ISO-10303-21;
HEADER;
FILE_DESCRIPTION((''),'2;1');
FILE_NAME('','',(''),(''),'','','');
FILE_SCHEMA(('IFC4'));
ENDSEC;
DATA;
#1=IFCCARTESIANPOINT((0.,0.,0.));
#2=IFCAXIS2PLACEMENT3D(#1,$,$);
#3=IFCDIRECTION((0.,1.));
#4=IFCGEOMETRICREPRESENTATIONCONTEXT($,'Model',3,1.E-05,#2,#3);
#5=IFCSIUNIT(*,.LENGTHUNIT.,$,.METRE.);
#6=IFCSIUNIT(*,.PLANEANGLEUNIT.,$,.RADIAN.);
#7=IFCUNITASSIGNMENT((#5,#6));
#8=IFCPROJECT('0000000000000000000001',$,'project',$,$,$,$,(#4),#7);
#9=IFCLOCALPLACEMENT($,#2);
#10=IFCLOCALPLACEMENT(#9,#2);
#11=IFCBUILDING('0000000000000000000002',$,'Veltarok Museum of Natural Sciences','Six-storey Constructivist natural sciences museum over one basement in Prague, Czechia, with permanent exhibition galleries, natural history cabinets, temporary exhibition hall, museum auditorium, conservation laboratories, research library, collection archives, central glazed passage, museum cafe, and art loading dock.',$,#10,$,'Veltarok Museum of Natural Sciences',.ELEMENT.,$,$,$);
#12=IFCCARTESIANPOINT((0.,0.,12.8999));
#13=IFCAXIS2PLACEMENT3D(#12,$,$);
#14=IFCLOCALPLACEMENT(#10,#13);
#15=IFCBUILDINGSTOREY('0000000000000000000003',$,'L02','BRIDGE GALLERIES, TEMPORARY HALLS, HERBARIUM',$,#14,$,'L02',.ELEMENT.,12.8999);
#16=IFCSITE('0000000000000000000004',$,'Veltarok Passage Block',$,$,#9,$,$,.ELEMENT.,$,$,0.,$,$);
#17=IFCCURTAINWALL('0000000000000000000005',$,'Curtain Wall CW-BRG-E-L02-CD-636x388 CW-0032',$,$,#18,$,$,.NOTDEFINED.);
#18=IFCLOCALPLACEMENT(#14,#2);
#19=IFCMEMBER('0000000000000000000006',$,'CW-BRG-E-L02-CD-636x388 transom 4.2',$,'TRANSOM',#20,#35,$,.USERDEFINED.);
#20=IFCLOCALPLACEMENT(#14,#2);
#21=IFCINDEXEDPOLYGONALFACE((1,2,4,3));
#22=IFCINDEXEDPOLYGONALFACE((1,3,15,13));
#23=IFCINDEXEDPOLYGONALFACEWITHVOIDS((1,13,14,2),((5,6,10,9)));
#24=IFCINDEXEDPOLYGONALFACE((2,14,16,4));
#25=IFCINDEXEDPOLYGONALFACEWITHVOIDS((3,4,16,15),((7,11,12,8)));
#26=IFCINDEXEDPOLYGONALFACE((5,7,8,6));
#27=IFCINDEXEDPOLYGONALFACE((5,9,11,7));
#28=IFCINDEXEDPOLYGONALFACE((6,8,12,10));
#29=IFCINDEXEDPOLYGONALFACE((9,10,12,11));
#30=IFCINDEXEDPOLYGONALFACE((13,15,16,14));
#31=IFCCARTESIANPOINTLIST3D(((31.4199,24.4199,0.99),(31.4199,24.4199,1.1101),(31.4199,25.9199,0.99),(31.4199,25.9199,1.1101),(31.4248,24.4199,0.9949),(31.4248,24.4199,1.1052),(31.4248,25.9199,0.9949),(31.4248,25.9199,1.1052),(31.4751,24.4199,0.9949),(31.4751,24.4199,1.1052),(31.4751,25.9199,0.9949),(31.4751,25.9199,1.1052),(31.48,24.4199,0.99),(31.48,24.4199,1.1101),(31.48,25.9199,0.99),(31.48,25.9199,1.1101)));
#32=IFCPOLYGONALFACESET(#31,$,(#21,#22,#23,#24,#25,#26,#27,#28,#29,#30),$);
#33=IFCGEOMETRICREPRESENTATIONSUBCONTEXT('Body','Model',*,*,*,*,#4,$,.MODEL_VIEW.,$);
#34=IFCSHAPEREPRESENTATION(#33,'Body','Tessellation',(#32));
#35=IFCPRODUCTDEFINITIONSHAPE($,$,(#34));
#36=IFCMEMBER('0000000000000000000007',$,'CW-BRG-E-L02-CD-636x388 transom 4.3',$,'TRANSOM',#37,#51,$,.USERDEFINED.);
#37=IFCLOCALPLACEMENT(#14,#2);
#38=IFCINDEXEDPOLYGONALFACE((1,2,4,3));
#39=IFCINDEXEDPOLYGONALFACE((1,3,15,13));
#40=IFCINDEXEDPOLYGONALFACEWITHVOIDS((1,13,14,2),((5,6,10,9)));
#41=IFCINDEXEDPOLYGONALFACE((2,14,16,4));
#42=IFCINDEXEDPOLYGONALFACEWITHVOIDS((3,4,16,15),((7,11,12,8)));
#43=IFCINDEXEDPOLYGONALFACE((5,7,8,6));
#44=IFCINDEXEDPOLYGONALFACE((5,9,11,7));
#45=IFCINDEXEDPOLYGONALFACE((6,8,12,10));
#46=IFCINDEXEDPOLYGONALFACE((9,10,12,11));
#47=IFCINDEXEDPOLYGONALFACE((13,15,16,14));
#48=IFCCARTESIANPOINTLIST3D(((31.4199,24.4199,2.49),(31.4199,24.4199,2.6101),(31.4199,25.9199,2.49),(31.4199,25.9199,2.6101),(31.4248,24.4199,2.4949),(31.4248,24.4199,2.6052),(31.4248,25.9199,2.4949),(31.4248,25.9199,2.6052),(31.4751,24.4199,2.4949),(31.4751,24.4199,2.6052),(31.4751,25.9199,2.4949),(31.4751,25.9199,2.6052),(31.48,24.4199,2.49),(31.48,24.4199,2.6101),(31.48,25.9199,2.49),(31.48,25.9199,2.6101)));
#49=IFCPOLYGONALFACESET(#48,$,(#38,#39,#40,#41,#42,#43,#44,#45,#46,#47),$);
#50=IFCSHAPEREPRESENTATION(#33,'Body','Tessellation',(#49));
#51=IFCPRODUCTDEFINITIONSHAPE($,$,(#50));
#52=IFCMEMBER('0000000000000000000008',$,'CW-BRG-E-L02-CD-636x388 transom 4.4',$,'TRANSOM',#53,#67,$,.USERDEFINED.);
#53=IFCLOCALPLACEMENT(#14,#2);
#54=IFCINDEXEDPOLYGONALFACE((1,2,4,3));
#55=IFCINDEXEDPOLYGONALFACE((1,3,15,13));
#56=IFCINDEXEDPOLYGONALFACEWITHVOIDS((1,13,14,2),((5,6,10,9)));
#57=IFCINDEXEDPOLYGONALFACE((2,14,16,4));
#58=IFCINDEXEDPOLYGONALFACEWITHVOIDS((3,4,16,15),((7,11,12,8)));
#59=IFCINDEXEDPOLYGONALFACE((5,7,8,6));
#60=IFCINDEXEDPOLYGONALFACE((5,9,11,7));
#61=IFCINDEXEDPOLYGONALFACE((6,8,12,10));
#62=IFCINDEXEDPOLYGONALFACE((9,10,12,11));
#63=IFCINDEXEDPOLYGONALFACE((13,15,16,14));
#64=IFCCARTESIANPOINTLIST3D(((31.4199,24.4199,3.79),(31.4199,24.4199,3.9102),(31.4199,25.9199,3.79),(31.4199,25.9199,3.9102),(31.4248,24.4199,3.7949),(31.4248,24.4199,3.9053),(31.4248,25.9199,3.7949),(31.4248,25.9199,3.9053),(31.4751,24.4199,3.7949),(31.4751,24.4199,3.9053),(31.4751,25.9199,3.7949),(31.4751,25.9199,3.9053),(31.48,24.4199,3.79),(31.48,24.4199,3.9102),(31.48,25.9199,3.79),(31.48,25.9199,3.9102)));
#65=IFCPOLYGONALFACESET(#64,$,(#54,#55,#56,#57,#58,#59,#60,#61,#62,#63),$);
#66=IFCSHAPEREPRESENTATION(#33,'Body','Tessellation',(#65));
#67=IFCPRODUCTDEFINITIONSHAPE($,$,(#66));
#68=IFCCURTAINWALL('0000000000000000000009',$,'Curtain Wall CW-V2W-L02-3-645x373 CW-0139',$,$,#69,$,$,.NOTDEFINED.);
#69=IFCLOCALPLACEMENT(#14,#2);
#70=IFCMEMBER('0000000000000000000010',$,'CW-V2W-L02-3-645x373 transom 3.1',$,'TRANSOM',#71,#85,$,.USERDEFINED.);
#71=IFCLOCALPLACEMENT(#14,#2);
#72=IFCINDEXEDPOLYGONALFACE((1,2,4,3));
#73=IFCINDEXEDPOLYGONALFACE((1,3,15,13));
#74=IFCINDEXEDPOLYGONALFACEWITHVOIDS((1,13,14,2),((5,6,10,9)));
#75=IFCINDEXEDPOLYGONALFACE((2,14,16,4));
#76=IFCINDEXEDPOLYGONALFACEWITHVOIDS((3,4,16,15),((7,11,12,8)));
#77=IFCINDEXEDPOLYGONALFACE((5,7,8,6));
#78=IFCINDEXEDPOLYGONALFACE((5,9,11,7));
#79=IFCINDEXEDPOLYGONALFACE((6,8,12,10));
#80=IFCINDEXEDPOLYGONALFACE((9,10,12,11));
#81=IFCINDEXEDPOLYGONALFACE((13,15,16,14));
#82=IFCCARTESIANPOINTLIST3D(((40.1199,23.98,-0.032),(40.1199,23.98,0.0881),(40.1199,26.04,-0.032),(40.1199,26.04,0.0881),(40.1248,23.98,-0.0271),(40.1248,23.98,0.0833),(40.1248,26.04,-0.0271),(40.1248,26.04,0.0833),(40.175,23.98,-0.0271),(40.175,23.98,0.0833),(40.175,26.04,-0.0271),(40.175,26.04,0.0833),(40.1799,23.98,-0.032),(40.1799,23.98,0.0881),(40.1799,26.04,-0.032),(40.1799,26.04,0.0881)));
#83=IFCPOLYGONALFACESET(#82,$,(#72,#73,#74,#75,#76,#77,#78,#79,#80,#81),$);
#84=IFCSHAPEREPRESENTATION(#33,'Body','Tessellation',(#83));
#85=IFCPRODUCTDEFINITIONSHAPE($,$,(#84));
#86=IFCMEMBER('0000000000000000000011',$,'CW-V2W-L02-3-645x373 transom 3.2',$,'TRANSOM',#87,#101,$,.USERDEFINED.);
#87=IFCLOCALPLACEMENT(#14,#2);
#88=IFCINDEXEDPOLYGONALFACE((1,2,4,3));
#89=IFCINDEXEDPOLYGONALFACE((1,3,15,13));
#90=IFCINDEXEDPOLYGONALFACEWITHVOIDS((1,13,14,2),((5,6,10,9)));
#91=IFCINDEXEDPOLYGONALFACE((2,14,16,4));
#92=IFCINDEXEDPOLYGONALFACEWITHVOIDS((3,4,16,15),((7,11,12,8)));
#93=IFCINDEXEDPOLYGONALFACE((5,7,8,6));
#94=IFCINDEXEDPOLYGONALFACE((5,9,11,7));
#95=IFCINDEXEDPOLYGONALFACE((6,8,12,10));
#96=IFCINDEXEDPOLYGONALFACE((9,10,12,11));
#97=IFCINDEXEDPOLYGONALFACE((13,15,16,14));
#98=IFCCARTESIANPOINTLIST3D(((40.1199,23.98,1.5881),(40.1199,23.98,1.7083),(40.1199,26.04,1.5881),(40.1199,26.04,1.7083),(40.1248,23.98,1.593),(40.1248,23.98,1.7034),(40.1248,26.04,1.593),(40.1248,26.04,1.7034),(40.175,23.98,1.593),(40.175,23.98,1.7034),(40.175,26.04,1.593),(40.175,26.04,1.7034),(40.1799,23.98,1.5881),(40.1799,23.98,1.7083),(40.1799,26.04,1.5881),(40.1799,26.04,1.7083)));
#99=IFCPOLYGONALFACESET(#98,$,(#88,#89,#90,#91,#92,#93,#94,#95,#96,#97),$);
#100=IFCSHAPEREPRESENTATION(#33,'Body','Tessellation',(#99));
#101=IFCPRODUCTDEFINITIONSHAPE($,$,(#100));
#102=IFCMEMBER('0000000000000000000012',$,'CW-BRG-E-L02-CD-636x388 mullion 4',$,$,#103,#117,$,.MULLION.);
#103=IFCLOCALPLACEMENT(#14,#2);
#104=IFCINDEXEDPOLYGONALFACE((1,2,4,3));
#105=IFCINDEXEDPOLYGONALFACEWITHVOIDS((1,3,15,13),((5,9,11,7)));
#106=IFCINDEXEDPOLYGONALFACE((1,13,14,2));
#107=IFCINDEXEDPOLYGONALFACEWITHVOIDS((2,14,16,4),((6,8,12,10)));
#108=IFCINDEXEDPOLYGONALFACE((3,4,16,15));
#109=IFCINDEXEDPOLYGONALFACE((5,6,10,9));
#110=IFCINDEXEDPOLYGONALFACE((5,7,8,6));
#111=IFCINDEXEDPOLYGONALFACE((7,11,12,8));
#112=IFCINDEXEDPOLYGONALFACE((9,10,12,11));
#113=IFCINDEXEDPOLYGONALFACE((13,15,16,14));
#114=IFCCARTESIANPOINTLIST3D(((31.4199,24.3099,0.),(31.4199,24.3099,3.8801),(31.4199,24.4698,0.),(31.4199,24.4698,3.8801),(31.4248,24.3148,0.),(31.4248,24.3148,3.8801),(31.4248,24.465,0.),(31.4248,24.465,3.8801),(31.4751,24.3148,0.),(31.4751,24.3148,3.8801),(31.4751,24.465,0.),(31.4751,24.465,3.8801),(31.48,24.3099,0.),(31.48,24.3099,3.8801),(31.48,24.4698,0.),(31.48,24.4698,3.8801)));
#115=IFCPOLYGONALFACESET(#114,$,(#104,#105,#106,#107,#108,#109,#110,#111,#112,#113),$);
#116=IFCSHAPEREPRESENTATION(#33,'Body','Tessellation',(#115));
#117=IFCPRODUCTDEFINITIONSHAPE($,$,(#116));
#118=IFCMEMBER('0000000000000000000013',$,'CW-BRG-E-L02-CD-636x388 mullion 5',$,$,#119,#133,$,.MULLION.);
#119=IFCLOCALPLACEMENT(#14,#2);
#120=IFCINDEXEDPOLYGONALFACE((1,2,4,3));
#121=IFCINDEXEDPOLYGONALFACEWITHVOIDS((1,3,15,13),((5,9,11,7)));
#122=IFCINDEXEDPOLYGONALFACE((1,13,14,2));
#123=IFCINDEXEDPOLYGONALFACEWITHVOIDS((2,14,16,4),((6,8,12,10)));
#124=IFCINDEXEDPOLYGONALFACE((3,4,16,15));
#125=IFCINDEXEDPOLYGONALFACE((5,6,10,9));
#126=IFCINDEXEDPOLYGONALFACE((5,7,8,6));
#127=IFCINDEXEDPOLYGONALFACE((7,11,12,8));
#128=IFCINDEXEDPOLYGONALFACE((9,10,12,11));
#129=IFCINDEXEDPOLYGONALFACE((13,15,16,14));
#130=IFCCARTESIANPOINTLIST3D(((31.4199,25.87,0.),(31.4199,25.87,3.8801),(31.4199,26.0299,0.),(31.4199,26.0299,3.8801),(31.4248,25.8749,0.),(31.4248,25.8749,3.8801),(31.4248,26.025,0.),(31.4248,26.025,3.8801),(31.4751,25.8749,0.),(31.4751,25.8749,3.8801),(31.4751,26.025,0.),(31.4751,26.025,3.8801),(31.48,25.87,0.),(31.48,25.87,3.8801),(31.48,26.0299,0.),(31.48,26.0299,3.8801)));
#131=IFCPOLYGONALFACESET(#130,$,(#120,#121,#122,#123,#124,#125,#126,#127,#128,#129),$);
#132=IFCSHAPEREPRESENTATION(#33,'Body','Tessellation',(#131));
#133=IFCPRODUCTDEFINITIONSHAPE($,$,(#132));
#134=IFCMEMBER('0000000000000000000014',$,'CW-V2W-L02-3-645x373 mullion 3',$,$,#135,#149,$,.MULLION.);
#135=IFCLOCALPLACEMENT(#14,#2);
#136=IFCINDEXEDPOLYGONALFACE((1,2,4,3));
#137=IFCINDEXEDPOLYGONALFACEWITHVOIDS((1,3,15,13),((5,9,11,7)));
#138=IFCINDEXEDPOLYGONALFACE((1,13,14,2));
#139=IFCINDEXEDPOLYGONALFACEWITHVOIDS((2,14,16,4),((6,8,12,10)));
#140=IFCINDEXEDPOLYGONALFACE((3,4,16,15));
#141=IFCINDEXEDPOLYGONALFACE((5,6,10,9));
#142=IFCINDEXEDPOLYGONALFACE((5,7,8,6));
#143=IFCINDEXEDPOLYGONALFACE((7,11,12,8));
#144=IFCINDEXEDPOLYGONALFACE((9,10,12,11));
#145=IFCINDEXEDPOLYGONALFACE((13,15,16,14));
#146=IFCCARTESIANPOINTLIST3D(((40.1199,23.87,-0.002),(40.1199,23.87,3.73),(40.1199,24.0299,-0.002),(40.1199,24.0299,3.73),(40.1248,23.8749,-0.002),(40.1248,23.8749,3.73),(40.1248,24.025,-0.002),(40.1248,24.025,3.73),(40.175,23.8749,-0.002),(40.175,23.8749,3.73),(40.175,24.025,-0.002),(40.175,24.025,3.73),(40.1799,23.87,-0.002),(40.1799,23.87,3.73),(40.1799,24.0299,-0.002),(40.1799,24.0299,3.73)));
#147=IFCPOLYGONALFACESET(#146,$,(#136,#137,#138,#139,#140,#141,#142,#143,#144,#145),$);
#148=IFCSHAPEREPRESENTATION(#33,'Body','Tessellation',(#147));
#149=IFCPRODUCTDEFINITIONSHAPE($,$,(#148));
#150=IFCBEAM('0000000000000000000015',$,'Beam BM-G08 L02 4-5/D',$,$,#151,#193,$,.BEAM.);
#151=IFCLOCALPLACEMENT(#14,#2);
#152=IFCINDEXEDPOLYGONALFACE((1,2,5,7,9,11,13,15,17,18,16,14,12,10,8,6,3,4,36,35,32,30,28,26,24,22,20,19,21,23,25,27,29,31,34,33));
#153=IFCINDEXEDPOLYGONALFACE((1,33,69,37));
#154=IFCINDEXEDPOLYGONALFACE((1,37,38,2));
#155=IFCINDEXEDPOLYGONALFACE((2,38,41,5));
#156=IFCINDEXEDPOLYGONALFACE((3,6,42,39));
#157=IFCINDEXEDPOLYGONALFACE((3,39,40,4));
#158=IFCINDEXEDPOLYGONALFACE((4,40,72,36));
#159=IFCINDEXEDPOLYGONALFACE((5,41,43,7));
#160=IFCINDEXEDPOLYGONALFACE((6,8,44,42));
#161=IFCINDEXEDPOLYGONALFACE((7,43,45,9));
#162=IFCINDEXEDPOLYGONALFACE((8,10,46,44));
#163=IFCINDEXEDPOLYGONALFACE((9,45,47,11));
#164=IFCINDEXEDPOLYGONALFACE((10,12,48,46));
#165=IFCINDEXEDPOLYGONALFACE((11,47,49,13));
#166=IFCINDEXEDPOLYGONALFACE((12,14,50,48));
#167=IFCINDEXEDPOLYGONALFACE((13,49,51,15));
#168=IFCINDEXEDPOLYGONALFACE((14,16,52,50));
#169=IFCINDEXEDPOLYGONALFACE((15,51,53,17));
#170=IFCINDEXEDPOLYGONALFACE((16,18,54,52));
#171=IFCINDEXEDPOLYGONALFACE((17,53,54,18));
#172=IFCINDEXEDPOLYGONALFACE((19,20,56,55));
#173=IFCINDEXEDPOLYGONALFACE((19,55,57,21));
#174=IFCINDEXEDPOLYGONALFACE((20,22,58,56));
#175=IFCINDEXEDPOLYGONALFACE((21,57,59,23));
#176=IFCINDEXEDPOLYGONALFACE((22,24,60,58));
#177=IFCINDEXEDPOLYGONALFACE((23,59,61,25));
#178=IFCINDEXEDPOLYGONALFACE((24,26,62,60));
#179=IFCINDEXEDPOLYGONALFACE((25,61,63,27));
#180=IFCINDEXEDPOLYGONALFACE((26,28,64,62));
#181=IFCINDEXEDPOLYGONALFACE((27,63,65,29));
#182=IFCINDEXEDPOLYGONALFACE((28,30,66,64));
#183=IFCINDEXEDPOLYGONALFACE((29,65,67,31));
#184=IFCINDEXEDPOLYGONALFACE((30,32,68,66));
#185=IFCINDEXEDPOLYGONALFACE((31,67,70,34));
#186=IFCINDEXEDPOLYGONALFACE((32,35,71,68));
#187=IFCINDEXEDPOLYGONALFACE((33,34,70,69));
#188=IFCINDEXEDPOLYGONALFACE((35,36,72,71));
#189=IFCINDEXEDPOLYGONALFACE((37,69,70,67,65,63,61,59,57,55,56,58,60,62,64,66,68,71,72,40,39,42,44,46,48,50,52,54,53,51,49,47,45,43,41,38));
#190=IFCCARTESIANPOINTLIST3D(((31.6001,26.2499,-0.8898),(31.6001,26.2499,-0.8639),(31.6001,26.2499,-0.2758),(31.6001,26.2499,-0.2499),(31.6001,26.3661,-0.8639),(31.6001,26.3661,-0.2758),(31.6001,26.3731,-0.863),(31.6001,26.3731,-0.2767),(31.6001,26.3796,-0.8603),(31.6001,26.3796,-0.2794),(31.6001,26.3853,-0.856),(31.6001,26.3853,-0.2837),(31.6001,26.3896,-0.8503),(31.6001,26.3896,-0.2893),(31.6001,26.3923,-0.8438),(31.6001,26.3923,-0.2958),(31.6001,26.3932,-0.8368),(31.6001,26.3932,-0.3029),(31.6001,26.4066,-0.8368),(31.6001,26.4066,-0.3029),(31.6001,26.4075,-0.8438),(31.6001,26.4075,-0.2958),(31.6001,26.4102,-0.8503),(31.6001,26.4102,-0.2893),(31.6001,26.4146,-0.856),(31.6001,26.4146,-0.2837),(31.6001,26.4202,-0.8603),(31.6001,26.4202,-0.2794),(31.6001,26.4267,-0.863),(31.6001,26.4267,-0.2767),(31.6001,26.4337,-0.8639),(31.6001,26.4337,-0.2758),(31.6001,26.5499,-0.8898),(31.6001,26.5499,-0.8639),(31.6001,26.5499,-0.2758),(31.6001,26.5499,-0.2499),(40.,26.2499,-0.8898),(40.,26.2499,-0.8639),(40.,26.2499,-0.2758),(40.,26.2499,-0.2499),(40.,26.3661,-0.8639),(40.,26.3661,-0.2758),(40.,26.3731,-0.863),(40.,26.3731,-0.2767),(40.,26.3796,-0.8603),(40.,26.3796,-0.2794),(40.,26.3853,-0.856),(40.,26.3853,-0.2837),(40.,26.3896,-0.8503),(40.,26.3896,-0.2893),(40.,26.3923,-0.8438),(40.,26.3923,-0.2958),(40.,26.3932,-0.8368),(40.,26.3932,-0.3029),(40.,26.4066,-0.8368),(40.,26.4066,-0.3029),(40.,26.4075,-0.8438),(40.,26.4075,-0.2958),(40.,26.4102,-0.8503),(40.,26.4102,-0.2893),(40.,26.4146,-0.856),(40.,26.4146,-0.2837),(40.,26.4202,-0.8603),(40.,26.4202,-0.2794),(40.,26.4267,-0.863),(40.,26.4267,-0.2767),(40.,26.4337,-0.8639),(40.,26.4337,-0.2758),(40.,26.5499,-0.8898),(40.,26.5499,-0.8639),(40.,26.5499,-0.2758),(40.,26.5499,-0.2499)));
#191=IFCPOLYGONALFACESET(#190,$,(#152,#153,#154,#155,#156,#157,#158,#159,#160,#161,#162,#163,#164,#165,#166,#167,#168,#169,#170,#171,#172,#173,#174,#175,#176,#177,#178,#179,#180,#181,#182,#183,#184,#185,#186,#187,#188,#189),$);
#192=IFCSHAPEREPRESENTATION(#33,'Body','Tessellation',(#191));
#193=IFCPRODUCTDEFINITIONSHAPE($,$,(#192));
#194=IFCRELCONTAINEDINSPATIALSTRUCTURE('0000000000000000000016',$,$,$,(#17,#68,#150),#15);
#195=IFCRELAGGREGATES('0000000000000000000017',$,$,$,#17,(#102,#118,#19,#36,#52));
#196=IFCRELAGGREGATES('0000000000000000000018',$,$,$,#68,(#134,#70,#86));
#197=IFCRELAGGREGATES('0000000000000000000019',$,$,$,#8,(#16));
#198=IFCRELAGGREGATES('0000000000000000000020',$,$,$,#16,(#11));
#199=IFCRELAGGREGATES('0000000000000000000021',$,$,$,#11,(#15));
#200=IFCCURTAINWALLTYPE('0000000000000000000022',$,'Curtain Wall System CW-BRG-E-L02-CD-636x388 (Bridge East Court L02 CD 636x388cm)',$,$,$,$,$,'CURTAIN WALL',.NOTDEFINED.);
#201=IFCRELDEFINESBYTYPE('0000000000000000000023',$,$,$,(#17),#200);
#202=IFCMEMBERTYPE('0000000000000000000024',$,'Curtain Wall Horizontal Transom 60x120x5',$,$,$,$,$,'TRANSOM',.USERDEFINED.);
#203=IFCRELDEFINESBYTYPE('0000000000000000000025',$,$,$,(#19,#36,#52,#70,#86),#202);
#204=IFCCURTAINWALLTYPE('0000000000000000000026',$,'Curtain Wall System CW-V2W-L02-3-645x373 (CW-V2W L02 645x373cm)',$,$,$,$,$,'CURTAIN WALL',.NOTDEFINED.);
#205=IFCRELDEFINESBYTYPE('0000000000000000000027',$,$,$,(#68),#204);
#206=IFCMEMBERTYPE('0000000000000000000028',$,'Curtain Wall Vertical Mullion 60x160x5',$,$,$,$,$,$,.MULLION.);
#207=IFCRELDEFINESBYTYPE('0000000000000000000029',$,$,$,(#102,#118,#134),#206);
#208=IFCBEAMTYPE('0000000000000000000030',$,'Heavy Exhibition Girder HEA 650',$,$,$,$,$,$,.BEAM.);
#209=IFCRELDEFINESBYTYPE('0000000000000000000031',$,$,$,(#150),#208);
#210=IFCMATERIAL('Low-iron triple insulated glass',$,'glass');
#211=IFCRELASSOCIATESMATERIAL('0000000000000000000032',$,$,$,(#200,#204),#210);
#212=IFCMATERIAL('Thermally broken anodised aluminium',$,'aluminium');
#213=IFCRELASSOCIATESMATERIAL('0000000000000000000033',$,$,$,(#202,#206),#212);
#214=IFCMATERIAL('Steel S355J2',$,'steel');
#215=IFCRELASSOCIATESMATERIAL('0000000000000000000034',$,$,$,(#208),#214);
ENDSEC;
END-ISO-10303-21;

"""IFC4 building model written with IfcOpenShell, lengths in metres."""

from ifc_helpers import new_model, si_unit, direction, frame, origin, origin_2d, place, context, subcontext, project, spatial, hollow_rectangle, i_section, extrude, material, material_profile, profile_set, type_object, element, aggregate, save


model = new_model("IFC4")

# Units and contexts
model_context = context("Model", 3, precision=1e-05, world=origin(), true_north=direction((0.0, 1.0)))
body_context = subcontext(model_context, "Body", "Model", "MODEL_VIEW")
ifc_project = project(units=[si_unit("LENGTHUNIT", "METRE"), si_unit("PLANEANGLEUNIT", "RADIAN")], contexts=[model_context])

# Site, building, storey
site_placement = place(None, origin())
site = spatial("IfcSite", under=ifc_project, at=site_placement, Name="Veltarok Passage Block", CompositionType="ELEMENT", RefElevation=0.0)
building_placement = place(site_placement, origin())
building = spatial("IfcBuilding", under=site, at=building_placement, Name="Veltarok Museum of Natural Sciences", Description="Six-storey Constructivist natural sciences museum over one basement in Prague, Czechia, with permanent exhibition galleries, natural history cabinets, temporary exhibition hall, museum auditorium, conservation laboratories, research library, collection archives, central glazed passage, museum cafe, and art loading dock.", LongName="Veltarok Museum of Natural Sciences", CompositionType="ELEMENT")
storey_placement = place(building_placement, frame((0.0, 0.0, 12.8999)))
storey = spatial("IfcBuildingStorey", under=building, at=storey_placement, Name="L02", Description="BRIDGE GALLERIES, TEMPORARY HALLS, HERBARIUM", LongName="L02", CompositionType="ELEMENT", Elevation=12.8999)

# Shared definitions
ifc_material_1 = material(Name="Steel S355J2", Category="steel")

# Curtain walls, members
ifc_material_2 = material(Name="Low-iron triple insulated glass", Category="glass")
curtain_wall_type_1 = type_object("IfcCurtainWallType", Name="Curtain Wall System CW-BRG-E-L02-CD-636x388 (Bridge East Court L02 CD 636x388cm)", ElementType="CURTAIN WALL", PredefinedType="NOTDEFINED", material=ifc_material_2)
curtain_wall_1_placement = place(storey_placement, origin())
curtain_wall_1 = element("IfcCurtainWall", 1, at=curtain_wall_1_placement, inside=storey, type_object=curtain_wall_type_1, Name="Curtain Wall CW-BRG-E-L02-CD-636x388 CW-0032", PredefinedType="NOTDEFINED")
ifc_material_3 = material(Name="Thermally broken anodised aluminium", Category="aluminium")
ifc_material_profile_1 = material_profile(ifc_material_3, hollow_rectangle(XDim=0.0601, YDim=0.1201, WallThickness=0.0049, at=origin_2d()), Name="CW TRANSOM 60x120x5")
ifc_profile_set_1 = profile_set([ifc_material_profile_1], Name="Thermally broken anodised aluminium")
member_type_1 = type_object("IfcMemberType", Name="Curtain Wall Horizontal Transom 60x120x5", ElementType="TRANSOM", PredefinedType="USERDEFINED", material=ifc_profile_set_1)
member_1_placement = place(storey_placement, frame((31.45, 24.4199, 1.05), z_axis=(0.0, 1.0, 0.0), x_axis=(-1.0, 0.0, 0.0)))
member_1 = element("IfcMember", 2, at=member_1_placement, type_object=member_type_1, Name="CW-BRG-E-L02-CD-636x388 transom 4.2", ObjectType="TRANSOM", PredefinedType="USERDEFINED", context=body_context, shape_type="SweptSolid", body=[
    extrude(hollow_rectangle(XDim=0.0601, YDim=0.1201, WallThickness=0.0049, at=origin_2d()), origin(), (0.0, 0.0, 1.0), 1.5),
])
member_2_placement = place(storey_placement, frame((31.45, 24.4199, 2.55), z_axis=(0.0, 1.0, 0.0), x_axis=(-1.0, 0.0, 0.0)))
member_2 = element("IfcMember", 3, at=member_2_placement, type_object=member_type_1, Name="CW-BRG-E-L02-CD-636x388 transom 4.3", ObjectType="TRANSOM", PredefinedType="USERDEFINED", context=body_context, shape_type="SweptSolid", body=[
    extrude(hollow_rectangle(XDim=0.0601, YDim=0.1201, WallThickness=0.0049, at=origin_2d()), origin(), (0.0, 0.0, 1.0), 1.5),
])
member_3_placement = place(storey_placement, frame((31.45, 24.4199, 3.8501), z_axis=(0.0, 1.0, 0.0), x_axis=(-1.0, 0.0, 0.0)))
member_3 = element("IfcMember", 4, at=member_3_placement, type_object=member_type_1, Name="CW-BRG-E-L02-CD-636x388 transom 4.4", ObjectType="TRANSOM", PredefinedType="USERDEFINED", context=body_context, shape_type="SweptSolid", body=[
    extrude(hollow_rectangle(XDim=0.0601, YDim=0.1201, WallThickness=0.0049, at=origin_2d()), origin(), (0.0, 0.0, 1.0), 1.5),
])
curtain_wall_type_2 = type_object("IfcCurtainWallType", Name="Curtain Wall System CW-V2W-L02-3-645x373 (CW-V2W L02 645x373cm)", ElementType="CURTAIN WALL", PredefinedType="NOTDEFINED", material=ifc_material_2)
curtain_wall_2_placement = place(storey_placement, origin())
curtain_wall_2 = element("IfcCurtainWall", 5, at=curtain_wall_2_placement, inside=storey, type_object=curtain_wall_type_2, Name="Curtain Wall CW-V2W-L02-3-645x373 CW-0139", PredefinedType="NOTDEFINED")
member_4_placement = place(storey_placement, frame((40.1499, 23.98, 0.0281), z_axis=(0.0, 1.0, 0.0), x_axis=(-1.0, 0.0, 0.0)))
member_4 = element("IfcMember", 6, at=member_4_placement, type_object=member_type_1, Name="CW-V2W-L02-3-645x373 transom 3.1", ObjectType="TRANSOM", PredefinedType="USERDEFINED", context=body_context, shape_type="SweptSolid", body=[
    extrude(hollow_rectangle(XDim=0.0601, YDim=0.1201, WallThickness=0.0049, at=origin_2d()), origin(), (0.0, 0.0, 1.0), 2.0601),
])
member_5_placement = place(storey_placement, frame((40.1499, 23.98, 1.6482), z_axis=(0.0, 1.0, 0.0), x_axis=(-1.0, 0.0, 0.0)))
member_5 = element("IfcMember", 7, at=member_5_placement, type_object=member_type_1, Name="CW-V2W-L02-3-645x373 transom 3.2", ObjectType="TRANSOM", PredefinedType="USERDEFINED", context=body_context, shape_type="SweptSolid", body=[
    extrude(hollow_rectangle(XDim=0.0601, YDim=0.1201, WallThickness=0.0049, at=origin_2d()), origin(), (0.0, 0.0, 1.0), 2.0601),
])

# Members
ifc_material_profile_2 = material_profile(ifc_material_3, hollow_rectangle(XDim=0.0601, YDim=0.1599, WallThickness=0.0049, at=origin_2d()), Name="CW MULLION 60x160x5")
ifc_profile_set_2 = profile_set([ifc_material_profile_2], Name="Thermally broken anodised aluminium")
member_type_2 = type_object("IfcMemberType", Name="Curtain Wall Vertical Mullion 60x160x5", PredefinedType="MULLION", material=ifc_profile_set_2)
member_6_placement = place(storey_placement, frame((31.45, 24.3899, 0.0), z_axis=(0.0, 0.0, 1.0), x_axis=(-1.0, 0.0, 0.0)))
member_6 = element("IfcMember", 8, at=member_6_placement, type_object=member_type_2, Name="CW-BRG-E-L02-CD-636x388 mullion 4", PredefinedType="MULLION", context=body_context, shape_type="SweptSolid", body=[
    extrude(hollow_rectangle(XDim=0.0601, YDim=0.1599, WallThickness=0.0049, at=origin_2d()), origin(), (0.0, 0.0, 1.0), 3.8801),
])
member_7_placement = place(storey_placement, frame((31.45, 25.95, 0.0), z_axis=(0.0, 0.0, 1.0), x_axis=(-1.0, 0.0, 0.0)))
member_7 = element("IfcMember", 9, at=member_7_placement, type_object=member_type_2, Name="CW-BRG-E-L02-CD-636x388 mullion 5", PredefinedType="MULLION", context=body_context, shape_type="SweptSolid", body=[
    extrude(hollow_rectangle(XDim=0.0601, YDim=0.1599, WallThickness=0.0049, at=origin_2d()), origin(), (0.0, 0.0, 1.0), 3.8801),
])
member_8_placement = place(storey_placement, frame((40.1499, 23.95, -0.002), z_axis=(0.0, 0.0, 1.0), x_axis=(-1.0, 0.0, 0.0)))
member_8 = element("IfcMember", 10, at=member_8_placement, type_object=member_type_2, Name="CW-V2W-L02-3-645x373 mullion 3", PredefinedType="MULLION", context=body_context, shape_type="SweptSolid", body=[
    extrude(hollow_rectangle(XDim=0.0601, YDim=0.1599, WallThickness=0.0049, at=origin_2d()), origin(), (0.0, 0.0, 1.0), 3.7319),
])

# Beam
ifc_material_profile_3 = material_profile(ifc_material_1, i_section(OverallWidth=0.3, OverallDepth=0.6399, WebThickness=0.0134, FlangeThickness=0.0259, FilletRadius=0.0271, at=origin_2d()), Name="HEA 650")
ifc_profile_set_3 = profile_set([ifc_material_profile_3], Name="Steel S355J2")
beam_type_1 = type_object("IfcBeamType", Name="Heavy Exhibition Girder HEA 650", PredefinedType="BEAM", material=ifc_profile_set_3)
for number, where, z_axis, x_axis, name in (
    (11, (31.6001, 26.3999, -0.5698), (1.0, 0.0, 0.0), (0.0, 1.0, 0.0), "Beam BM-G08 L02 4-5/D"),
):
    element("IfcBeam", number, at=place(storey_placement, frame(where, z_axis=z_axis, x_axis=x_axis)), inside=storey, type_object=beam_type_1, Name=name, PredefinedType="BEAM", context=body_context, shape_type="SweptSolid", body=[
        extrude(i_section(OverallWidth=0.3, OverallDepth=0.6399, WebThickness=0.0134, FlangeThickness=0.0259, FilletRadius=0.0271, at=origin_2d()), origin(), (0.0, 0.0, 1.0), 8.3999),
    ])

aggregate(curtain_wall_1, [member_6, member_7, member_1, member_2, member_3])
aggregate(curtain_wall_2, [member_8, member_4, member_5])

save(model, "model.ifc")
